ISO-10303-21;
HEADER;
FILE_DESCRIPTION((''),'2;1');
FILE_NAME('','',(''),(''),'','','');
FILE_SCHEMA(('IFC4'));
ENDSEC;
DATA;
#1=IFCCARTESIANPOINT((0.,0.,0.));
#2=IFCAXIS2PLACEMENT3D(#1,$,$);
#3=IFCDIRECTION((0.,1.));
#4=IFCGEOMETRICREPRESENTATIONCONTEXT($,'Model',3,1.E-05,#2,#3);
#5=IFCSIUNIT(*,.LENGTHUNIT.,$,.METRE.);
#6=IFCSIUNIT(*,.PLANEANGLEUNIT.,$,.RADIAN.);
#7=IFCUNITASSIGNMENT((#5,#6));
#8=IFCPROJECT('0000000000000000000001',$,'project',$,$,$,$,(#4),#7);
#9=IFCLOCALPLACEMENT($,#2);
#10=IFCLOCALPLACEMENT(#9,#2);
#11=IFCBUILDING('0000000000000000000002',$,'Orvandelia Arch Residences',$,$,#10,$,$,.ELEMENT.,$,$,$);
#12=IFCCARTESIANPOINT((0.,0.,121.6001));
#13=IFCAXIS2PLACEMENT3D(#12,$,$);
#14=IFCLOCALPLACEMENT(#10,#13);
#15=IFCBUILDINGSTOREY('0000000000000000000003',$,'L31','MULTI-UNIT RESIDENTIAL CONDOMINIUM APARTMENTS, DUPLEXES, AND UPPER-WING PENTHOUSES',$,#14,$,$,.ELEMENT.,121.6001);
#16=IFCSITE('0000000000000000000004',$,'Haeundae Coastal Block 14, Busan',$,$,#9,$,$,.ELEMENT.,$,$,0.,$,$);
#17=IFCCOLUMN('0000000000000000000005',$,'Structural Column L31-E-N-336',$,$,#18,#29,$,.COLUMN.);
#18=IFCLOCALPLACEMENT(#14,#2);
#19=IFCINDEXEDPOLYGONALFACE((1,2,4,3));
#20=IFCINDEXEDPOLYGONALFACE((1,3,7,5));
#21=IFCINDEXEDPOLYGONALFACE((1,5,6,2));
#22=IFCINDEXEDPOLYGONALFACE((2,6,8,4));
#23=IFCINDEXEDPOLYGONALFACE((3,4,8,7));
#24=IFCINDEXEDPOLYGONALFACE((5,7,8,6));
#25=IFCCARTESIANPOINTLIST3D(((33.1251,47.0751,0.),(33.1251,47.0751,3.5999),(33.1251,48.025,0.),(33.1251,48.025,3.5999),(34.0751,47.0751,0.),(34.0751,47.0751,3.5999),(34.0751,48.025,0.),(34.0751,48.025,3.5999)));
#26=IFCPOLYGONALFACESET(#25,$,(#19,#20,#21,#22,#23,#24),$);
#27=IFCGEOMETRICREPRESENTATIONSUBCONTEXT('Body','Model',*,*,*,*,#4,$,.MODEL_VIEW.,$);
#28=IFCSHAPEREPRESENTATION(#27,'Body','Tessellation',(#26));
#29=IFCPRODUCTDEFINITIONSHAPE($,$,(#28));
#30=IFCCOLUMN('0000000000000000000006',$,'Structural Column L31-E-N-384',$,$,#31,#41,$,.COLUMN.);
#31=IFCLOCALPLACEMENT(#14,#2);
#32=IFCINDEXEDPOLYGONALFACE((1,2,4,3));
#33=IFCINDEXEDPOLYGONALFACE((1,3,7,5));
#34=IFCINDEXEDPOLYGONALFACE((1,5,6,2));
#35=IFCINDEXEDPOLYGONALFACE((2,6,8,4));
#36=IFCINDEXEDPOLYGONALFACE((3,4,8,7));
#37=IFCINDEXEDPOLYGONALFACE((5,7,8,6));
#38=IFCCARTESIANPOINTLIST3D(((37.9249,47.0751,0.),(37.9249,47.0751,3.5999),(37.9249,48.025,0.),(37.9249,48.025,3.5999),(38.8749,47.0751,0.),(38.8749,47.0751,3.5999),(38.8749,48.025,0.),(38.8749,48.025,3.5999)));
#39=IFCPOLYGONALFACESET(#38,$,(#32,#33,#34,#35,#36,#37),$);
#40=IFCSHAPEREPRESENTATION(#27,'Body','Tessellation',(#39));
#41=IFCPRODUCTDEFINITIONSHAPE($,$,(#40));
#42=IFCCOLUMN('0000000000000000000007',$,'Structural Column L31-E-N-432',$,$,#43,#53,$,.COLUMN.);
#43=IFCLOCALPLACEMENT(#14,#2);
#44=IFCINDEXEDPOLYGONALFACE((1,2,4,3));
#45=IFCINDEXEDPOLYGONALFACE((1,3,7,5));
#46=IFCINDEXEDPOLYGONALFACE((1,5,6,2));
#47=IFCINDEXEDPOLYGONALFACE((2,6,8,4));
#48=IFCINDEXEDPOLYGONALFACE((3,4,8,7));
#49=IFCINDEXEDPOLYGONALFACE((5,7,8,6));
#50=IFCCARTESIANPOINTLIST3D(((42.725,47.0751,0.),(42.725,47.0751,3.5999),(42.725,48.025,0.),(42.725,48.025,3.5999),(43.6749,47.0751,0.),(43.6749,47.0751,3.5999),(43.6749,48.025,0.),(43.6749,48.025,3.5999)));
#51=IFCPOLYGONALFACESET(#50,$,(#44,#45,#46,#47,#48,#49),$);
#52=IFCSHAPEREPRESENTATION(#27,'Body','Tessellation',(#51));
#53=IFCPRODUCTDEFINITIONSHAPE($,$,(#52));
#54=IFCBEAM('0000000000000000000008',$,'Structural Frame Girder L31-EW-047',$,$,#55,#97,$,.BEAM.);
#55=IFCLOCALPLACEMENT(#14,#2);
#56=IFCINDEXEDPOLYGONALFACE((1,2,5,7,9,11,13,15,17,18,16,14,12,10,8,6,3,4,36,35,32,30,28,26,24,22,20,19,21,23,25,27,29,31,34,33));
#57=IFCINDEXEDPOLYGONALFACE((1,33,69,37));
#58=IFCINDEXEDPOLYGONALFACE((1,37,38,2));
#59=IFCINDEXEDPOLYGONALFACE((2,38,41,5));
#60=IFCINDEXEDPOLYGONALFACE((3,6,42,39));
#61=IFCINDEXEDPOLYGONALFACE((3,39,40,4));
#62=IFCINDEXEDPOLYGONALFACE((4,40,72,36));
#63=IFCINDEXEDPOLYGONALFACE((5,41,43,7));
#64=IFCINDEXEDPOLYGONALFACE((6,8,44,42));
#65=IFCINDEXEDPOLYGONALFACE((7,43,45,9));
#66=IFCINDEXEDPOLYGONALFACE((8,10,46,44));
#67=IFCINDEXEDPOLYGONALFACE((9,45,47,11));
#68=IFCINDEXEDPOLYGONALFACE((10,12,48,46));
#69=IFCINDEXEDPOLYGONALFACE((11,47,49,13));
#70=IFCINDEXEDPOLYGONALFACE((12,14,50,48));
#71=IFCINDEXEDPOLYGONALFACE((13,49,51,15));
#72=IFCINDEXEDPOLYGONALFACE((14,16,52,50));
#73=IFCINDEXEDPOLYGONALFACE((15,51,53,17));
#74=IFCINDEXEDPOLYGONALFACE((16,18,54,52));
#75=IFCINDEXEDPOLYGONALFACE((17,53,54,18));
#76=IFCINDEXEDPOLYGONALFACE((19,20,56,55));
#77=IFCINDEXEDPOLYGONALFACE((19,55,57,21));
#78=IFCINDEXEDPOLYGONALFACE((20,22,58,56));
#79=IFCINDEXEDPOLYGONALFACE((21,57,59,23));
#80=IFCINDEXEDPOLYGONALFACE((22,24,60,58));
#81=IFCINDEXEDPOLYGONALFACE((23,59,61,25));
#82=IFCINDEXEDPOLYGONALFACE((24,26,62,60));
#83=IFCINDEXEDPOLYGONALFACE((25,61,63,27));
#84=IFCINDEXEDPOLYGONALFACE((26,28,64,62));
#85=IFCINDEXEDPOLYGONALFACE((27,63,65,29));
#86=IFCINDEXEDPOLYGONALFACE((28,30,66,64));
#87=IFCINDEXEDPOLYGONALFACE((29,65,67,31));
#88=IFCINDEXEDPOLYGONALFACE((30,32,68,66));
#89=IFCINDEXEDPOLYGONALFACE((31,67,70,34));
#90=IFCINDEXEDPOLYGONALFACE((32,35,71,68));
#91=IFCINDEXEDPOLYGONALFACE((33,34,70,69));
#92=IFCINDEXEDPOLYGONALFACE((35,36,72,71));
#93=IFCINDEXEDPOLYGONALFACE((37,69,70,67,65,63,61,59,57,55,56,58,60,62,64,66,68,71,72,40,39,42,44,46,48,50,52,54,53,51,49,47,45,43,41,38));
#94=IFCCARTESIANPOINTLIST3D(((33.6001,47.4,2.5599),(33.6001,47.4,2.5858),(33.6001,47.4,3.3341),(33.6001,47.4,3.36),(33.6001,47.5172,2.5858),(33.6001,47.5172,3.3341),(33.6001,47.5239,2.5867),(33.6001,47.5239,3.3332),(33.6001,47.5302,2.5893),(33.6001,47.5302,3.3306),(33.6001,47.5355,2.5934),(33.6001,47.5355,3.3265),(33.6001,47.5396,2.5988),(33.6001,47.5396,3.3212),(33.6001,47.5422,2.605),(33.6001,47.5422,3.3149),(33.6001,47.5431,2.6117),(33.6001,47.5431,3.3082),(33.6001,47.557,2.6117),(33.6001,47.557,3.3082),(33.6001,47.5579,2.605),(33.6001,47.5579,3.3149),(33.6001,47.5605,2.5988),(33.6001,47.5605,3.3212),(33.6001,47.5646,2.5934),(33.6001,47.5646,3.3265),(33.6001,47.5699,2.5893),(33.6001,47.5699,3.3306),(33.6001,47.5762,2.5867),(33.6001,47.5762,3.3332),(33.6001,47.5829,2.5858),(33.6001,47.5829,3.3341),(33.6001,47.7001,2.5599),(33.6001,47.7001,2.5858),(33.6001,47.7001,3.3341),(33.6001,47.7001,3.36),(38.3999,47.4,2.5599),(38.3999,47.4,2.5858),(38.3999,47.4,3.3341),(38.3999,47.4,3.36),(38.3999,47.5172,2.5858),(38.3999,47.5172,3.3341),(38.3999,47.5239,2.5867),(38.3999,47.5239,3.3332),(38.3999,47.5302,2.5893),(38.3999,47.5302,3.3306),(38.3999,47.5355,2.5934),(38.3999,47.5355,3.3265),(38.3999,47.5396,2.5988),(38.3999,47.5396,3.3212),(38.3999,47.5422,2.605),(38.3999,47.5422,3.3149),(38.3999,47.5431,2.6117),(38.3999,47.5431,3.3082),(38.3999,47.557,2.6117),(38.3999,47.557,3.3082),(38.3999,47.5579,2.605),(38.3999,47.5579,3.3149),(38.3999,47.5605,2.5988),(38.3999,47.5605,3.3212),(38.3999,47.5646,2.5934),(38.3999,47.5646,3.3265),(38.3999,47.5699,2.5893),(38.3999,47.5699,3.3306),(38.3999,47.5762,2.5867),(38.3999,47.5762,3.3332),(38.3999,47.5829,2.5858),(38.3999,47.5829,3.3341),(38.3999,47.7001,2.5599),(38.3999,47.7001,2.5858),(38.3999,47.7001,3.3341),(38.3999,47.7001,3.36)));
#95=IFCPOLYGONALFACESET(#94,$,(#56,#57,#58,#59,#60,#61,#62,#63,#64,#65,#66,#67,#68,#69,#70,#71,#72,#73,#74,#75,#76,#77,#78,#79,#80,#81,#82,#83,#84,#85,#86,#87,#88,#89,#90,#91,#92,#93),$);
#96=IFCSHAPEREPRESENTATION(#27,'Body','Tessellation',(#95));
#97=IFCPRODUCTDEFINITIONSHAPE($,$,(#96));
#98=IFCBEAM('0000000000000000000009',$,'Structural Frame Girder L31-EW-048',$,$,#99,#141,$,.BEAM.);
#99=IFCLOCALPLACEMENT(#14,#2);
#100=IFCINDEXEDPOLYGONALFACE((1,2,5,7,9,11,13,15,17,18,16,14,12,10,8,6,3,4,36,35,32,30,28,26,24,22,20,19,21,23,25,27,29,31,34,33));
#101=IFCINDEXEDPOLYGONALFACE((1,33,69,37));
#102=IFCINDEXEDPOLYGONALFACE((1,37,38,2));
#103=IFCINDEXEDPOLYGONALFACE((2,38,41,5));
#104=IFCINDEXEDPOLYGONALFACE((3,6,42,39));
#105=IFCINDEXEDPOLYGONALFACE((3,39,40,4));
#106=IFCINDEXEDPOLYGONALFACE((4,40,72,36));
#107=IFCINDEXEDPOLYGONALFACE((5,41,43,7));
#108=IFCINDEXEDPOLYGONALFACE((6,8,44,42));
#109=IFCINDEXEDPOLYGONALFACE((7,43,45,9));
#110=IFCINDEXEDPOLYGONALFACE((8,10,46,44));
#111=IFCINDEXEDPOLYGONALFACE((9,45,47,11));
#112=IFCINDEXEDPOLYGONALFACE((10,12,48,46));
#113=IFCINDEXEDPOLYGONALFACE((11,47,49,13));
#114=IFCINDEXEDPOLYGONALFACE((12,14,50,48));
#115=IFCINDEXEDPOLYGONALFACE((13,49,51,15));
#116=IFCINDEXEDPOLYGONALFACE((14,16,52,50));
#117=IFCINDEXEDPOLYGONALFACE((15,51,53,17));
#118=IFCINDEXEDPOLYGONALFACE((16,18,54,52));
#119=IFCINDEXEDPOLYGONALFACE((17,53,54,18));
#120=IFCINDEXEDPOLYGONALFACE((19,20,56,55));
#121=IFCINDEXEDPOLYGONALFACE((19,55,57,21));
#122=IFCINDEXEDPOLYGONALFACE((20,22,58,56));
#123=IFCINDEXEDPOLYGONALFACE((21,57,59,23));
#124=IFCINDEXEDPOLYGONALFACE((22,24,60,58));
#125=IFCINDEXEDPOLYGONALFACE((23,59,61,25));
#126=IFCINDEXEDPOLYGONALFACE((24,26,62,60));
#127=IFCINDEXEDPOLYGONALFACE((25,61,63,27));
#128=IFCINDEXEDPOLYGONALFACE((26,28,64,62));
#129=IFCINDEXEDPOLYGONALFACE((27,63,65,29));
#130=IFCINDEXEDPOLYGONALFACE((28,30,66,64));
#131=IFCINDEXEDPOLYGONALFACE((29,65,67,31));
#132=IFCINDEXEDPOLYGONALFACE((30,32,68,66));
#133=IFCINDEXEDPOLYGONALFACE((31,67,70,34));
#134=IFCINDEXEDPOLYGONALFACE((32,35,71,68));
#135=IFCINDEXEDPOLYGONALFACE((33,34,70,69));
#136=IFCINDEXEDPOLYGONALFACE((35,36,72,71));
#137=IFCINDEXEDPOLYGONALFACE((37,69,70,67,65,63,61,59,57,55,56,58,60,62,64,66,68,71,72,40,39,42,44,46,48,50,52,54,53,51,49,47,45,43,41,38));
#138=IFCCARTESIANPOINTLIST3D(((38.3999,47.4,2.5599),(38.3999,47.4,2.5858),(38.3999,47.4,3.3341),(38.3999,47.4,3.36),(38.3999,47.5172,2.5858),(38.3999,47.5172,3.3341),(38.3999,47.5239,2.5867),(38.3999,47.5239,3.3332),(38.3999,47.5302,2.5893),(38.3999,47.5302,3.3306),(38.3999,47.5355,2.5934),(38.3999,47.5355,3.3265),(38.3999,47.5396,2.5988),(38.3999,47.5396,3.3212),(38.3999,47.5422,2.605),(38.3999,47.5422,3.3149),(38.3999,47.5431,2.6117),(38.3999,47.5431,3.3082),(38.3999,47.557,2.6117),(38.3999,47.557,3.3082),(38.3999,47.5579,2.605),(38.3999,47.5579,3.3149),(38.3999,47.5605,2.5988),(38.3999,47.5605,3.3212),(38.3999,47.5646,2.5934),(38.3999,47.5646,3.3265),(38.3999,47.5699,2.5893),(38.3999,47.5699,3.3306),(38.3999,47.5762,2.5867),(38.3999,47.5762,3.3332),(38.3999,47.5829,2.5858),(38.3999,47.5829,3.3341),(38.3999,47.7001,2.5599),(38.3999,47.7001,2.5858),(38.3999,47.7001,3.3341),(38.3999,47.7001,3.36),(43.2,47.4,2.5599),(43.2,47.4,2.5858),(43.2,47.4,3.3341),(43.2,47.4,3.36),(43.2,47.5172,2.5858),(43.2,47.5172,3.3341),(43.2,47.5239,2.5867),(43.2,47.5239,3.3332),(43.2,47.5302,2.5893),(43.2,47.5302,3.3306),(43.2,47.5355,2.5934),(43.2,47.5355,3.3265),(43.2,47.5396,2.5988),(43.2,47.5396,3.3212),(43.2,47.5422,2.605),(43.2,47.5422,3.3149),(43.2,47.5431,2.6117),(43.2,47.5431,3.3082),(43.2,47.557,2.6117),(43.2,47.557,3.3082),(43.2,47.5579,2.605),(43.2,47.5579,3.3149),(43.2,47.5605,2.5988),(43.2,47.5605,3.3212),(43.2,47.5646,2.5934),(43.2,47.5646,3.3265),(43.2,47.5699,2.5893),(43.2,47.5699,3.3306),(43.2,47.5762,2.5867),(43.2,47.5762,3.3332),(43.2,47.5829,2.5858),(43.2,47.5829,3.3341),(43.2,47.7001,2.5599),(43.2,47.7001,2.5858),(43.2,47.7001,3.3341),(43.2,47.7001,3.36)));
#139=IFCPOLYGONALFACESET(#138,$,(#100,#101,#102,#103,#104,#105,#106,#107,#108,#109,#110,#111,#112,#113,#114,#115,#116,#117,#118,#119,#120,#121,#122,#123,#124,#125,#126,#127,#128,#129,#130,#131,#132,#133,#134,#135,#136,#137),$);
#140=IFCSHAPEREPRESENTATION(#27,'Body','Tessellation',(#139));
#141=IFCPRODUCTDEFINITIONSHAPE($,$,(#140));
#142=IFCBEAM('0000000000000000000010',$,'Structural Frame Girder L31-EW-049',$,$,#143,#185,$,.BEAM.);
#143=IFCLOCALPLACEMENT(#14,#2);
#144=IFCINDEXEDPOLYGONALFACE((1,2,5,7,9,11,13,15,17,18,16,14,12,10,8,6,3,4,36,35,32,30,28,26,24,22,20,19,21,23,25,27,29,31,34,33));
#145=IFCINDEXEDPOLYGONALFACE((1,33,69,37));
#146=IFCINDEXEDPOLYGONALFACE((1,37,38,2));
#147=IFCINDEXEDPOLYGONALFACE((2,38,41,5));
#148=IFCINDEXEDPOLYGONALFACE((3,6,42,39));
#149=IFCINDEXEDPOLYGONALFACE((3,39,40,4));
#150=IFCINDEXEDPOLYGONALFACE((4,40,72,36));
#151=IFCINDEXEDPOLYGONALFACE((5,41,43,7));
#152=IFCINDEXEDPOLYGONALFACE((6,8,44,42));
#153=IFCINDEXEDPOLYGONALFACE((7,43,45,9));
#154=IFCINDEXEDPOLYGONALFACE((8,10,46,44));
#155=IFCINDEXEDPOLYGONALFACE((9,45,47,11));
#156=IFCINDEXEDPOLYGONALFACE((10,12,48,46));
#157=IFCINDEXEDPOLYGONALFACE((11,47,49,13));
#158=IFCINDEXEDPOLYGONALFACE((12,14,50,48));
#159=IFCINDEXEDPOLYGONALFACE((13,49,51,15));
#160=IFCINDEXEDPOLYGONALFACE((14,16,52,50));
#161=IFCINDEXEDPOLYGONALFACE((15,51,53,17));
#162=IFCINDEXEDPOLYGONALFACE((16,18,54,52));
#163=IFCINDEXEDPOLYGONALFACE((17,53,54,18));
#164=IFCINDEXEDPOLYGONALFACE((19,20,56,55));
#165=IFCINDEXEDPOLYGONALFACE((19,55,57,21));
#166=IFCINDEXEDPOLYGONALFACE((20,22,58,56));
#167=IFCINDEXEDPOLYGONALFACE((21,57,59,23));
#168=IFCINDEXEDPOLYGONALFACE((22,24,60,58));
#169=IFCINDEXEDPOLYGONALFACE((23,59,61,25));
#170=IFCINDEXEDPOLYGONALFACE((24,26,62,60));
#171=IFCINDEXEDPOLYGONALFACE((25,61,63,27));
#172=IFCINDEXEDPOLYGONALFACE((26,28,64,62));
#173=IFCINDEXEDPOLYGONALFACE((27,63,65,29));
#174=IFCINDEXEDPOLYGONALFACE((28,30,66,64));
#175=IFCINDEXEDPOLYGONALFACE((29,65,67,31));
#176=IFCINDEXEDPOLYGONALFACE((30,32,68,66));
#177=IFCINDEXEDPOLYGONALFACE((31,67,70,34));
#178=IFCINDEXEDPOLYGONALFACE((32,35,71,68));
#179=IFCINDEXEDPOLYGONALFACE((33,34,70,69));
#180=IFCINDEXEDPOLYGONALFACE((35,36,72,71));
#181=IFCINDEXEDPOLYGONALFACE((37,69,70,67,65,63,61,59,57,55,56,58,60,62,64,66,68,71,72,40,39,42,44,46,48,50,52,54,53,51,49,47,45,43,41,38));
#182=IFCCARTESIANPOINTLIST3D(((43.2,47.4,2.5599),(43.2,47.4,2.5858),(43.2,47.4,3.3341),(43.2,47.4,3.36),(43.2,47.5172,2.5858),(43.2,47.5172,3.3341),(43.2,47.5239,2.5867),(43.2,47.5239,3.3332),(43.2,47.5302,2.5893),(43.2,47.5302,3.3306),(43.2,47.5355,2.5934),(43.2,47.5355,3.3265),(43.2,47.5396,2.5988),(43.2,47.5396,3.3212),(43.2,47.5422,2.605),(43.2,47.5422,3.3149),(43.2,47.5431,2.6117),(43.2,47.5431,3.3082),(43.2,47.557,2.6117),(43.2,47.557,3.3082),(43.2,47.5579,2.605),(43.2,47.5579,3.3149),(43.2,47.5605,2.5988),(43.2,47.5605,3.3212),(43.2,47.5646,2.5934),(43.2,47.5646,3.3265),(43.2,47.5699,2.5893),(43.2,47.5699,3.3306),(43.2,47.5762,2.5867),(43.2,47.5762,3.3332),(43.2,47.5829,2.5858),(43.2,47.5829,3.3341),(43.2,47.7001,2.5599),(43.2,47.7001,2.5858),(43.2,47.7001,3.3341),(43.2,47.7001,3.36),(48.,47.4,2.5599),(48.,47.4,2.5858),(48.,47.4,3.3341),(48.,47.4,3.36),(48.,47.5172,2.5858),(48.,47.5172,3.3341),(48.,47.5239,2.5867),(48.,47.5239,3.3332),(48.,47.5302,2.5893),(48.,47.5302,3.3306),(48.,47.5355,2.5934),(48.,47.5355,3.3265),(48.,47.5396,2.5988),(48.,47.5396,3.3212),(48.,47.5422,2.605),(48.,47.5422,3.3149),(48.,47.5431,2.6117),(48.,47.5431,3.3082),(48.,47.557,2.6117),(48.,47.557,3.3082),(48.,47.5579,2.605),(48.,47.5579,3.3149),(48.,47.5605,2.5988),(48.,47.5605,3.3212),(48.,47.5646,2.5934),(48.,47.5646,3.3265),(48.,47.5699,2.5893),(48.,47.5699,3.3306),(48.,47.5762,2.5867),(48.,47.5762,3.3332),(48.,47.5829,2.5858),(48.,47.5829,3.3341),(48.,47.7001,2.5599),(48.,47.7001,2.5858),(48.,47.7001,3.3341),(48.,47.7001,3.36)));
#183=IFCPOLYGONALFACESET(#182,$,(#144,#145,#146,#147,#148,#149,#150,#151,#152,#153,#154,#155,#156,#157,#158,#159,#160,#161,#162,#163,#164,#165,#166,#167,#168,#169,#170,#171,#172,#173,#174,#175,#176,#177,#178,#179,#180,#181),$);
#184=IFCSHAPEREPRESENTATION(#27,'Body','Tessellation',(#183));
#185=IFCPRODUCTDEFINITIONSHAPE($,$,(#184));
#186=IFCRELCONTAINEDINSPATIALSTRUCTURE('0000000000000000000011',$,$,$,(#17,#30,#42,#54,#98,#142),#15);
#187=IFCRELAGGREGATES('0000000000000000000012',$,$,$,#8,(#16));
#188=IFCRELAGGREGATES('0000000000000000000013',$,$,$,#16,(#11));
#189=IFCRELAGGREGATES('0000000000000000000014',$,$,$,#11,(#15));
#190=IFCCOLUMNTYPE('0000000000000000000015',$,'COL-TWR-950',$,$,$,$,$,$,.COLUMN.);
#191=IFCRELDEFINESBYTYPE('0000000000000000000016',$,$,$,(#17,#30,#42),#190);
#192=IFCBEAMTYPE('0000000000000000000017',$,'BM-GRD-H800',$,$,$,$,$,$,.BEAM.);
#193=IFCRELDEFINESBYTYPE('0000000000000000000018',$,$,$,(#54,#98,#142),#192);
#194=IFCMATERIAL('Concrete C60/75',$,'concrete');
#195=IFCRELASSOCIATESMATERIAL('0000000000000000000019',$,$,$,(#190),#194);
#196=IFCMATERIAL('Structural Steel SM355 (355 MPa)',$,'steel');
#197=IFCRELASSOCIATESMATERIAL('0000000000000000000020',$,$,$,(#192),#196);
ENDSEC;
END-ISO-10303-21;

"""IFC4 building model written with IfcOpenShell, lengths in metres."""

from ifc_helpers import new_model, si_unit, direction, frame, origin, origin_2d, place, context, subcontext, project, spatial, rectangle, i_section, extrude, material, material_profile, profile_set, type_object, element, save


model = new_model("IFC4")

# Units and contexts
model_context = context("Model", 3, precision=1e-05, world=origin(), true_north=direction((0.0, 1.0)))
body_context = subcontext(model_context, "Body", "Model", "MODEL_VIEW")
ifc_project = project(units=[si_unit("LENGTHUNIT", "METRE"), si_unit("PLANEANGLEUNIT", "RADIAN")], contexts=[model_context])

# Site, building, storey
site_placement = place(None, origin())
site = spatial("IfcSite", under=ifc_project, at=site_placement, Name="Haeundae Coastal Block 14, Busan", CompositionType="ELEMENT", RefElevation=0.0)
building_placement = place(site_placement, origin())
building = spatial("IfcBuilding", under=site, at=building_placement, Name="Orvandelia Arch Residences", CompositionType="ELEMENT")
storey_placement = place(building_placement, frame((0.0, 0.0, 121.6001)))
storey = spatial("IfcBuildingStorey", under=building, at=storey_placement, Name="L31", Description="MULTI-UNIT RESIDENTIAL CONDOMINIUM APARTMENTS, DUPLEXES, AND UPPER-WING PENTHOUSES", CompositionType="ELEMENT", Elevation=121.6001)

# Columns
ifc_material_1 = material(Name="Concrete C60/75", Category="concrete")
ifc_material_profile_1 = material_profile(ifc_material_1, rectangle(XDim=0.95, YDim=0.95, at=origin_2d()), Name="Concrete C60/75", Category="concrete")
ifc_profile_set_1 = profile_set([ifc_material_profile_1], Name="Concrete C60/75")
column_type = type_object("IfcColumnType", Name="COL-TWR-950", PredefinedType="COLUMN", material=ifc_profile_set_1)
for number, where, z_axis, x_axis, name in (
    (1, (33.6001, 47.55, 0.0), (0.0, 0.0, 1.0), (1.0, 0.0, 0.0), "Structural Column L31-E-N-336"),
    (2, (38.3999, 47.55, 0.0), (0.0, 0.0, 1.0), (1.0, 0.0, 0.0), "Structural Column L31-E-N-384"),
    (3, (43.2, 47.55, 0.0), (0.0, 0.0, 1.0), (1.0, 0.0, 0.0), "Structural Column L31-E-N-432"),
):
    element("IfcColumn", number, at=place(storey_placement, frame(where, z_axis=z_axis, x_axis=x_axis)), inside=storey, type_object=column_type, Name=name, PredefinedType="COLUMN", context=body_context, shape_type="SweptSolid", body=[
        extrude(rectangle(XDim=0.95, YDim=0.95, at=origin_2d()), origin(), (0.0, 0.0, 1.0), 3.5999),
    ])

# Beams
ifc_material_2 = material(Name="Structural Steel SM355 (355 MPa)", Category="steel")
ifc_material_profile_2 = material_profile(ifc_material_2, i_section(OverallWidth=0.3, OverallDepth=0.8, WebThickness=0.0139, FlangeThickness=0.0259, FilletRadius=0.0259, at=origin_2d()), Name="Structural Steel SM355 (355 MPa)", Category="steel")
ifc_profile_set_2 = profile_set([ifc_material_profile_2], Name="Structural Steel SM355 (355 MPa)")
beam_type = type_object("IfcBeamType", Name="BM-GRD-H800", PredefinedType="BEAM", material=ifc_profile_set_2)
beam_placement = place(storey_placement, frame((33.6001, 47.55, 2.96), z_axis=(1.0, 0.0, 0.0), x_axis=(0.0, 1.0, 0.0)))
element("IfcBeam", 4, at=beam_placement, inside=storey, type_object=beam_type, Name="Structural Frame Girder L31-EW-047", PredefinedType="BEAM", context=body_context, shape_type="SweptSolid", body=[
    extrude(i_section(OverallWidth=0.3, OverallDepth=0.8, WebThickness=0.0139, FlangeThickness=0.0259, FilletRadius=0.0259, at=origin_2d()), origin(), (0.0, 0.0, 1.0), 4.7998),
])
for number, where, z_axis, x_axis, name in (
    (5, (38.3999, 47.55, 2.96), (1.0, 0.0, 0.0), (0.0, 1.0, 0.0), "Structural Frame Girder L31-EW-048"),
    (6, (43.2, 47.55, 2.96), (1.0, 0.0, 0.0), (0.0, 1.0, 0.0), "Structural Frame Girder L31-EW-049"),
):
    element("IfcBeam", number, at=place(storey_placement, frame(where, z_axis=z_axis, x_axis=x_axis)), inside=storey, type_object=beam_type, Name=name, PredefinedType="BEAM", context=body_context, shape_type="SweptSolid", body=[
        extrude(i_section(OverallWidth=0.3, OverallDepth=0.8, WebThickness=0.0139, FlangeThickness=0.0259, FilletRadius=0.0259, at=origin_2d()), origin(), (0.0, 0.0, 1.0), 4.8),
    ])

save(model, "model.ifc")
